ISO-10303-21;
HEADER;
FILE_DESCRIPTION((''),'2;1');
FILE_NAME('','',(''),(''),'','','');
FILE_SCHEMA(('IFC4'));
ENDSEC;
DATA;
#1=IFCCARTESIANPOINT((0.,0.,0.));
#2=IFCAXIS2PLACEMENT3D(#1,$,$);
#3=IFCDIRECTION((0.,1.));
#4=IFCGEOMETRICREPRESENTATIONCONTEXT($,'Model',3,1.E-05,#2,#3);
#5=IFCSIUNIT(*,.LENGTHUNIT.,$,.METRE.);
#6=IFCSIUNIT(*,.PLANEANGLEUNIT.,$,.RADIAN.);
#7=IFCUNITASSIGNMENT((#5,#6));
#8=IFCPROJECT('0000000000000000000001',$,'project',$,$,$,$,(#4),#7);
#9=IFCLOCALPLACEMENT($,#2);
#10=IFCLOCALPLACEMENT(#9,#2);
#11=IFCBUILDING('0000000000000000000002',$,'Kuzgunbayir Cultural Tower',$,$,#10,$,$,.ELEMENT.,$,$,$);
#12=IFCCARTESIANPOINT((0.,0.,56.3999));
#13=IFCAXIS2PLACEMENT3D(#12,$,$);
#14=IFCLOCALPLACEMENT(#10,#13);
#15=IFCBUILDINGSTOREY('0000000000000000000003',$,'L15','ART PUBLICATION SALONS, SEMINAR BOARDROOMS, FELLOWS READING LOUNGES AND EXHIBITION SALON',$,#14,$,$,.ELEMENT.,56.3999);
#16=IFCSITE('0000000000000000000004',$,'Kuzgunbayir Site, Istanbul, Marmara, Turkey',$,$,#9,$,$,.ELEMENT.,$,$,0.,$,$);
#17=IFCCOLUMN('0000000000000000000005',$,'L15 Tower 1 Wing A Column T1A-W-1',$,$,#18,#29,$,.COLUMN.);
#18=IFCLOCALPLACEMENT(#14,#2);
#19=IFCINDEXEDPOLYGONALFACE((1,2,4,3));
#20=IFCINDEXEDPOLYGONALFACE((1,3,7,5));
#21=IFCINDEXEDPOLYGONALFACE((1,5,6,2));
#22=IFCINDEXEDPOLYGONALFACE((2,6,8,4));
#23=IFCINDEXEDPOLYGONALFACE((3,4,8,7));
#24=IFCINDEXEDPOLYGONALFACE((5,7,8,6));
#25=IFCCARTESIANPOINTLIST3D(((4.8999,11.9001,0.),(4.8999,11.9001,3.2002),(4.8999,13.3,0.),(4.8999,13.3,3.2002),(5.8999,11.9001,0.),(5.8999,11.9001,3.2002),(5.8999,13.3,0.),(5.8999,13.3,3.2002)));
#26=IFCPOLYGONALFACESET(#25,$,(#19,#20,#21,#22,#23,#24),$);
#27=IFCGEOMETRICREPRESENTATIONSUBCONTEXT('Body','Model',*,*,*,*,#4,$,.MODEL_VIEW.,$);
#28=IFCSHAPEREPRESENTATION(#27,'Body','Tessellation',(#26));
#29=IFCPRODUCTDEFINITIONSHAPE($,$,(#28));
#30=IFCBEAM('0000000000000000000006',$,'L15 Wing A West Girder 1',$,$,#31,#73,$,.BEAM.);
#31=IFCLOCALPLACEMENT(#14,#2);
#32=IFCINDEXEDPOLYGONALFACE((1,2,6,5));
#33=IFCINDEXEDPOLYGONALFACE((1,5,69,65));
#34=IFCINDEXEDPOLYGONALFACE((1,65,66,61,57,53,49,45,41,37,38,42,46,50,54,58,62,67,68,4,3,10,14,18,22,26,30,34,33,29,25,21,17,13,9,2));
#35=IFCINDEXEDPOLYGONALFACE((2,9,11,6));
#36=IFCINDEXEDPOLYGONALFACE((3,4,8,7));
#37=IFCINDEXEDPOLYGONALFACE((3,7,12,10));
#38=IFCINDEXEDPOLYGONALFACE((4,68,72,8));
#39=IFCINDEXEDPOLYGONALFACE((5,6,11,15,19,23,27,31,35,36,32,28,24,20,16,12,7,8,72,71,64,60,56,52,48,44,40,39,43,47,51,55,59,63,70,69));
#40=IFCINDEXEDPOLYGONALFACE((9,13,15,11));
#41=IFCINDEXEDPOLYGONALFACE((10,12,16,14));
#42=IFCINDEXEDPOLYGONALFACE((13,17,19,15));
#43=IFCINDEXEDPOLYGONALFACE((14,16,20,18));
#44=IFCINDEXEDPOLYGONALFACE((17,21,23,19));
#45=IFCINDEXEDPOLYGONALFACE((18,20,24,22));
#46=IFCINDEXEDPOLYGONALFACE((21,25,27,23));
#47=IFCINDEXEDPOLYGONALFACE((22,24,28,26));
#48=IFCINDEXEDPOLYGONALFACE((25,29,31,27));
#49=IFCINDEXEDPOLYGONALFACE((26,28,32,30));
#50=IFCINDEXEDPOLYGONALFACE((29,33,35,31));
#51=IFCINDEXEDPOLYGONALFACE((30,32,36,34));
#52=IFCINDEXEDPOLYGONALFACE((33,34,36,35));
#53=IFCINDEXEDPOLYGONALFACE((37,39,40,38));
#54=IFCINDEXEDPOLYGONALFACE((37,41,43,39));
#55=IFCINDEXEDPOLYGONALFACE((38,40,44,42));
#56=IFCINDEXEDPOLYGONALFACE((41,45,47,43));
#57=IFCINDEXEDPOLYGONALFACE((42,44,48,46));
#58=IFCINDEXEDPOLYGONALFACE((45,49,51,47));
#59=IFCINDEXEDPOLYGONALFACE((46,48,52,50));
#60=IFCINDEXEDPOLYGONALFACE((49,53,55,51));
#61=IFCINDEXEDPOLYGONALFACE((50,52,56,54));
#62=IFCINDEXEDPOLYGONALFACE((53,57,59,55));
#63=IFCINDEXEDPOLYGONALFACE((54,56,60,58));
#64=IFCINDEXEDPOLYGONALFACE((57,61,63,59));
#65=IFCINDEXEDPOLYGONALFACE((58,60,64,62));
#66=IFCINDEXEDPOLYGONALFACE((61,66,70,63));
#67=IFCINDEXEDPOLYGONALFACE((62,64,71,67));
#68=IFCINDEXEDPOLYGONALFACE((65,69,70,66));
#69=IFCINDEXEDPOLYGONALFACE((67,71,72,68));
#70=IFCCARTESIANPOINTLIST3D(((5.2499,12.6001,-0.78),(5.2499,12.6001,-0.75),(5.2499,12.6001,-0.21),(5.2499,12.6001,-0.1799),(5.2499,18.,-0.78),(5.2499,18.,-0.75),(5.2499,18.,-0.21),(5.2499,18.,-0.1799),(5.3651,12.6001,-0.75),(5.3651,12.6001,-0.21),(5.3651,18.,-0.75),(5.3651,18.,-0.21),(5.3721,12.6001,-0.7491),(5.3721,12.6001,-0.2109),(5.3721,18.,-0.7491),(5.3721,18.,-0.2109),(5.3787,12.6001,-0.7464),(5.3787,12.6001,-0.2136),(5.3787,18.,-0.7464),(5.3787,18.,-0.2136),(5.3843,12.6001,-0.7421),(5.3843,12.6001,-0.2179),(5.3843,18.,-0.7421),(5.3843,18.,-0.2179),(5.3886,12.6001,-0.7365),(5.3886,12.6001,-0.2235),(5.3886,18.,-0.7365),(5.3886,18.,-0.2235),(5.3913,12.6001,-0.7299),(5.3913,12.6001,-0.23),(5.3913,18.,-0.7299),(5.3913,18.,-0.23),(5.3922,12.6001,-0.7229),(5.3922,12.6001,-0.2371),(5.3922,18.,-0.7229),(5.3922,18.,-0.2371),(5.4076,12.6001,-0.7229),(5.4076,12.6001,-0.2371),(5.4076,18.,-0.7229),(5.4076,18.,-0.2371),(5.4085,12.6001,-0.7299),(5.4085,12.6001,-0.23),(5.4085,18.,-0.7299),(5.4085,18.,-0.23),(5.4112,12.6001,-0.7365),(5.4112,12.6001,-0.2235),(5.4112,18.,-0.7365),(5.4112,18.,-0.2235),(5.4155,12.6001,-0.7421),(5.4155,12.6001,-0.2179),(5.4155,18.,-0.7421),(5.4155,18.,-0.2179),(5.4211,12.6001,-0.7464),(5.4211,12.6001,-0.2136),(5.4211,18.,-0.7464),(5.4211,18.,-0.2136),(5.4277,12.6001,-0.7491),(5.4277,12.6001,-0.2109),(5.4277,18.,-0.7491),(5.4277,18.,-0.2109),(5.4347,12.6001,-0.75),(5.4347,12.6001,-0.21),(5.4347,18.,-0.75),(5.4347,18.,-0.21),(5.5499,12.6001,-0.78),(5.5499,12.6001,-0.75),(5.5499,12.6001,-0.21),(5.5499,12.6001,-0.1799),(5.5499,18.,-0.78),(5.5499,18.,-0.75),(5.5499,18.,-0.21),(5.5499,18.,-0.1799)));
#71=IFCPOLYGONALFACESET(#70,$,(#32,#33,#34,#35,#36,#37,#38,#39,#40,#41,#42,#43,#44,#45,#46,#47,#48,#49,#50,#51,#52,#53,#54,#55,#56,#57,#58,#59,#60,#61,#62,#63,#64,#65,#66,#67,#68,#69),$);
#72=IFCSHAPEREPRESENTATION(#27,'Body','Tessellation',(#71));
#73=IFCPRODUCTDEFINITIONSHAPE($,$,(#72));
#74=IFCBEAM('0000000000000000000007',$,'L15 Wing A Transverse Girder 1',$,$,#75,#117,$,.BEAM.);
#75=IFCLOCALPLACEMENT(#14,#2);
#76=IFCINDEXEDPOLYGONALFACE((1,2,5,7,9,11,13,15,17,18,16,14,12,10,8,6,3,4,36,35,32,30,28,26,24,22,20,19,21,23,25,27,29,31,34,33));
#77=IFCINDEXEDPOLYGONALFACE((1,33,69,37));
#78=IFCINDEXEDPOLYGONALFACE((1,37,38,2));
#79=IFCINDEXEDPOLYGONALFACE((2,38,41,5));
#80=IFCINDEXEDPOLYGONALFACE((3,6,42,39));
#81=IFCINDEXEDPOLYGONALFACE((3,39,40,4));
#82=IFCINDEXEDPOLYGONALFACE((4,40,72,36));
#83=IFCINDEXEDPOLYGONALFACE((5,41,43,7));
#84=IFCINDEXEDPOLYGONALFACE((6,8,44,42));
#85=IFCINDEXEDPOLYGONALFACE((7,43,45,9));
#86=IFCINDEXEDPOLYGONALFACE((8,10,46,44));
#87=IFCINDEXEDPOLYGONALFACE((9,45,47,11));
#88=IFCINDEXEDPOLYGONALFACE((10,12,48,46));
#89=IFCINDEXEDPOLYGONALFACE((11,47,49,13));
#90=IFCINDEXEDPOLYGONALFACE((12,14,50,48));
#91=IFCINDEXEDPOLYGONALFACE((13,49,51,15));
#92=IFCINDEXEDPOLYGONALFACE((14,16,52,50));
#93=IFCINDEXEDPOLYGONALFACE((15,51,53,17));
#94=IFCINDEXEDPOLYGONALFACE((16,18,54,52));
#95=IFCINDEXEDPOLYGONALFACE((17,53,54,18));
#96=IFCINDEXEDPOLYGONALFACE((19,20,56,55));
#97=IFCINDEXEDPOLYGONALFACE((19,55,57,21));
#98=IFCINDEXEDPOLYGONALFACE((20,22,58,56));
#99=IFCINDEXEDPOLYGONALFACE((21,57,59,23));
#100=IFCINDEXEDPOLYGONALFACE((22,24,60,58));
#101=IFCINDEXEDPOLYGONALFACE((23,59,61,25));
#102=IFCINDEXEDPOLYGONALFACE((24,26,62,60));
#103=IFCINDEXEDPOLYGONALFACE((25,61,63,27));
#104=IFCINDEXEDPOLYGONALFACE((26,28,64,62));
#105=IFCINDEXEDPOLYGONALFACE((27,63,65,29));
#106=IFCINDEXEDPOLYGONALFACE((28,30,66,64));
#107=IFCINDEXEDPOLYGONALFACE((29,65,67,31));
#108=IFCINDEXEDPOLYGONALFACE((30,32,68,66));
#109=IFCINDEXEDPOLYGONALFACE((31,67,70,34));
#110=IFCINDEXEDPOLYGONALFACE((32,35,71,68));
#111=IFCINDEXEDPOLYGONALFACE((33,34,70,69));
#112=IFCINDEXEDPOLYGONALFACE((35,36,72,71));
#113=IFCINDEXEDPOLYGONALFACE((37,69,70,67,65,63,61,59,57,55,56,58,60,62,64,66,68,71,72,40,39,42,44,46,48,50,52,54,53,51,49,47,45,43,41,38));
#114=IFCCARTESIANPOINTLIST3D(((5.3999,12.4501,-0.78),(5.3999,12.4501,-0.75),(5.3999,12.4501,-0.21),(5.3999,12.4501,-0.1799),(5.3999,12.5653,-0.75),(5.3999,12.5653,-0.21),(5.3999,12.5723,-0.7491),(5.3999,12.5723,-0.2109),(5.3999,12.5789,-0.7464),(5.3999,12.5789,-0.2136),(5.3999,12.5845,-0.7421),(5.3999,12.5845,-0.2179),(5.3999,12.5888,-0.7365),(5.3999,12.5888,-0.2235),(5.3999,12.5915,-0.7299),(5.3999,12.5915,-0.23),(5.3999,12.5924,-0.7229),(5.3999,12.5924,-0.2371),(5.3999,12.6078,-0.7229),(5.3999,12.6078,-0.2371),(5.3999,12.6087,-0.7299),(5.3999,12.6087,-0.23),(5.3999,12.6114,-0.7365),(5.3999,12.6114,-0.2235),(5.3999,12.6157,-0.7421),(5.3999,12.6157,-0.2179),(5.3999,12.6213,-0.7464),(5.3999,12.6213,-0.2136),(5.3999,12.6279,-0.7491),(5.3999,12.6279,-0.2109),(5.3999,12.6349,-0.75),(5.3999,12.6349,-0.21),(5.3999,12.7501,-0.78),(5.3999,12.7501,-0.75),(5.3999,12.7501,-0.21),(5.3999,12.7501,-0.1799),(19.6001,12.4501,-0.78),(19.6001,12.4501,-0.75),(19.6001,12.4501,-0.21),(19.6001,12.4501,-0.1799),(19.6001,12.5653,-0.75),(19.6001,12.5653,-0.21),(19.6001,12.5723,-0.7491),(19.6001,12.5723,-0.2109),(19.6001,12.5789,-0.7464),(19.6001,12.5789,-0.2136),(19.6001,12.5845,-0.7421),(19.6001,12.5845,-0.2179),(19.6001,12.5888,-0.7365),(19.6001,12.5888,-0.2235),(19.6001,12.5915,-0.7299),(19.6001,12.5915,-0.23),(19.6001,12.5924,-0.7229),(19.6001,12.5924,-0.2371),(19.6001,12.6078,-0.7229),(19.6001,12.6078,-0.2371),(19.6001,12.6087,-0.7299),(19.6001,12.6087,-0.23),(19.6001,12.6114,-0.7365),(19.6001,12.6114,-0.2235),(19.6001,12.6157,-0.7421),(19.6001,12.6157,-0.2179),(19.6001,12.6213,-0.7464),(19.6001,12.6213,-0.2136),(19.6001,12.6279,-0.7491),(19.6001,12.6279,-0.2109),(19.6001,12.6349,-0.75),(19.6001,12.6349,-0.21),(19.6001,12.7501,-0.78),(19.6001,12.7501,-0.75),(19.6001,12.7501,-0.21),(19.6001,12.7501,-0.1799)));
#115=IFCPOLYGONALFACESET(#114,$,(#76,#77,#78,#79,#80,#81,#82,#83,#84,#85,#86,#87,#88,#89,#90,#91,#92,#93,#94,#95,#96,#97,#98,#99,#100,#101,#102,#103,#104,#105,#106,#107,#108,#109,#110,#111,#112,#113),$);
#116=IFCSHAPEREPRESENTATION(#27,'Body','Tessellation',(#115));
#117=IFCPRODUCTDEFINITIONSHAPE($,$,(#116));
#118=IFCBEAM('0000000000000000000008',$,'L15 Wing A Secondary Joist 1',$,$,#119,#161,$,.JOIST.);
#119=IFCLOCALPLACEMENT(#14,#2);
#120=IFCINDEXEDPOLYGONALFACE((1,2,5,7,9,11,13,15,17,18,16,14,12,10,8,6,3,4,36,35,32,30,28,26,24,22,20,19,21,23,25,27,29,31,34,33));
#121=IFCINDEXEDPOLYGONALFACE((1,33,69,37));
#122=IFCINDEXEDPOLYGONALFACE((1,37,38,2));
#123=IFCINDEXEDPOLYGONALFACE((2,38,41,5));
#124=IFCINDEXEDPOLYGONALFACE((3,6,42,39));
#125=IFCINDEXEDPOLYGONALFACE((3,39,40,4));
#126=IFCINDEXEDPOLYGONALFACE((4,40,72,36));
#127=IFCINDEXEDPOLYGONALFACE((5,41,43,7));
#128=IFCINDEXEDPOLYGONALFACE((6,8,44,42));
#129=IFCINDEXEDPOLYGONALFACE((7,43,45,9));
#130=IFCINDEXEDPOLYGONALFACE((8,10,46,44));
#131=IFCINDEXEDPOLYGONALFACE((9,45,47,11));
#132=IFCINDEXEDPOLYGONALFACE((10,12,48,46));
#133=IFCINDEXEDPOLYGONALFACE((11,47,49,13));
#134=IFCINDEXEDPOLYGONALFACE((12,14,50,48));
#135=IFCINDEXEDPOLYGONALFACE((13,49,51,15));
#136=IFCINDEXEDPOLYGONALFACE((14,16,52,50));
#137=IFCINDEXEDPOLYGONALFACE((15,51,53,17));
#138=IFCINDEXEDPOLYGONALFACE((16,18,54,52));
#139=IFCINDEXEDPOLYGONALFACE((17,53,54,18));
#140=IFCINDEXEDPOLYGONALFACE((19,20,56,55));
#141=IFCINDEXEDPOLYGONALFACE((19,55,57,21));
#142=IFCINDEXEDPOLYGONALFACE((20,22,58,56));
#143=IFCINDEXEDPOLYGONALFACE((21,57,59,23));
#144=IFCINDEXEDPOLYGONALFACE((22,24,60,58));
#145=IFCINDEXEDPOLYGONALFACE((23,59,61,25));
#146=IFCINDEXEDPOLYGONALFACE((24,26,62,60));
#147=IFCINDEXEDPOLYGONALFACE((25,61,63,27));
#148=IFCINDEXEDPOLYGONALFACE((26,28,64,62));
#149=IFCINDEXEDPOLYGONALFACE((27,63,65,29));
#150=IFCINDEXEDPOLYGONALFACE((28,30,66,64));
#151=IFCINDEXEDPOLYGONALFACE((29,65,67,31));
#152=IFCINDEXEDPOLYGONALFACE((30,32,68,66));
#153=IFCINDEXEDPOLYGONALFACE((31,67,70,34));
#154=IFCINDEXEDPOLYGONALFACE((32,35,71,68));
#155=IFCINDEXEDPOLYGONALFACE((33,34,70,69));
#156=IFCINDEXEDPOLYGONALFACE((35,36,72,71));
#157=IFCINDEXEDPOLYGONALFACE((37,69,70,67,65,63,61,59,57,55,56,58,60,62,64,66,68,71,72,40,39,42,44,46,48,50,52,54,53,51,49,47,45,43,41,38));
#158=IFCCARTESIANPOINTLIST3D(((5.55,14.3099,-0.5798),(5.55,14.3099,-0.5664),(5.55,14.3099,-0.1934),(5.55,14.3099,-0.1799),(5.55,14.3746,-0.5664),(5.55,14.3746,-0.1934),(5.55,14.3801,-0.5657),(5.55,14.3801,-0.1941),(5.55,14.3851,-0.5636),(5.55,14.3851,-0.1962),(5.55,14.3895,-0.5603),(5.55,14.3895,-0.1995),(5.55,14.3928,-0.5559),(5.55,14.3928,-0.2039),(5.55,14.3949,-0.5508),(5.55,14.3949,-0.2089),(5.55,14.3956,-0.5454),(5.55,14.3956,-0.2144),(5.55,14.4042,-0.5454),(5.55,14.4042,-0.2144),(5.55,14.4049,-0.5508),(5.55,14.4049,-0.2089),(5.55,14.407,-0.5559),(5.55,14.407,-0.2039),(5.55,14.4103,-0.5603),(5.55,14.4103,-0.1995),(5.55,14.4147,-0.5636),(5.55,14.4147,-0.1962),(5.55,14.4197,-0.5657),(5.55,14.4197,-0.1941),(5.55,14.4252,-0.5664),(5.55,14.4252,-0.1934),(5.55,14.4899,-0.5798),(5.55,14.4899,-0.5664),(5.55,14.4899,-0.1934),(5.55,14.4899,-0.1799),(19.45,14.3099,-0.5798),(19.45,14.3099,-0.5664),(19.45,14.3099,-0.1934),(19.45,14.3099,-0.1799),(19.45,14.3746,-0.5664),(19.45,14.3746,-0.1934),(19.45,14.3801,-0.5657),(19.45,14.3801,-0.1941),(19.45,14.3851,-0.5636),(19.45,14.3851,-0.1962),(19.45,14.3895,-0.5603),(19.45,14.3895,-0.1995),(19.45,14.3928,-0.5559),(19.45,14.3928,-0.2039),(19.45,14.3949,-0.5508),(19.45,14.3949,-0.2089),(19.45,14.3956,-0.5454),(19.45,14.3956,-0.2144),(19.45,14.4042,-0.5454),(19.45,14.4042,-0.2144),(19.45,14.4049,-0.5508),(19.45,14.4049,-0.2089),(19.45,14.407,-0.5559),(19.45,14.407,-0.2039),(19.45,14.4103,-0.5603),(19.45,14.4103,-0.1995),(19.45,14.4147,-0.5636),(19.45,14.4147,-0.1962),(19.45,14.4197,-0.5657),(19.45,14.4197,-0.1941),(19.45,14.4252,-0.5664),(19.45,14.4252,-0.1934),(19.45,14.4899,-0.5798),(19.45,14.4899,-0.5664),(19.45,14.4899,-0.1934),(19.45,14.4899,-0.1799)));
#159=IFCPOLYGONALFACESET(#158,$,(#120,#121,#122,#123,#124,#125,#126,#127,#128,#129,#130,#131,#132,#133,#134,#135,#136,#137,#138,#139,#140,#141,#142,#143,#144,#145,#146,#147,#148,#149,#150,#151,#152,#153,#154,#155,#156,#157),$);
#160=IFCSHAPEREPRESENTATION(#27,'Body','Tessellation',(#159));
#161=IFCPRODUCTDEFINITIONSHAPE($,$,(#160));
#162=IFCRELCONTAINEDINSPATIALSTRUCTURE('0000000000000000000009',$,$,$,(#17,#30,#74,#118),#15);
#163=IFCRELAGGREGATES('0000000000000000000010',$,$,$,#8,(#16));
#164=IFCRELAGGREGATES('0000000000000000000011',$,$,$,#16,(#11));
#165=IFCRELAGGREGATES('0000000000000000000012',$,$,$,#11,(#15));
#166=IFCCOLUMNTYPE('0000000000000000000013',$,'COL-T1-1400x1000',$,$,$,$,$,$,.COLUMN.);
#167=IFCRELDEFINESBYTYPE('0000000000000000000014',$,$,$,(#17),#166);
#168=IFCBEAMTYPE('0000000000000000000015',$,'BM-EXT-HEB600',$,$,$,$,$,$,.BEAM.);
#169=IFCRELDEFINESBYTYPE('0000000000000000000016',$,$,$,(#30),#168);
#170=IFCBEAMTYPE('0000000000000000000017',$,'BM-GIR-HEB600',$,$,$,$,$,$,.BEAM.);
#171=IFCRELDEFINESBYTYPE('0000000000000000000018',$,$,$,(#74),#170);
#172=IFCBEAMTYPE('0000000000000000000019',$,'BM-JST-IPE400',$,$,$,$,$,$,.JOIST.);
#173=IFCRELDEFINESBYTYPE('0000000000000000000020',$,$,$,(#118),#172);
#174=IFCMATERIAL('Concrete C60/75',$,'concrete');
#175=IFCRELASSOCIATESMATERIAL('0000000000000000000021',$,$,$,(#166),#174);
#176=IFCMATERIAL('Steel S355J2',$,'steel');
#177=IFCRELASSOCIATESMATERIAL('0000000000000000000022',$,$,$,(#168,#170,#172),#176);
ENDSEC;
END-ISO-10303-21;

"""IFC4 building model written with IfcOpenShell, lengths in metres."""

from ifc_helpers import new_model, si_unit, direction, frame, origin, origin_2d, place, context, subcontext, project, spatial, rectangle, i_section, extrude, material, material_profile, profile_set, type_object, element, save


model = new_model("IFC4")

# Units and contexts
model_context = context("Model", 3, precision=1e-05, world=origin(), true_north=direction((0.0, 1.0)))
body_context = subcontext(model_context, "Body", "Model", "MODEL_VIEW")
ifc_project = project(units=[si_unit("LENGTHUNIT", "METRE"), si_unit("PLANEANGLEUNIT", "RADIAN")], contexts=[model_context])

# Site, building, storey
site_placement = place(None, origin())
site = spatial("IfcSite", under=ifc_project, at=site_placement, Name="Kuzgunbayir Site, Istanbul, Marmara, Turkey", CompositionType="ELEMENT", RefElevation=0.0)
building_placement = place(site_placement, origin())
building = spatial("IfcBuilding", under=site, at=building_placement, Name="Kuzgunbayir Cultural Tower", CompositionType="ELEMENT")
storey_placement = place(building_placement, frame((0.0, 0.0, 56.3999)))
storey = spatial("IfcBuildingStorey", under=building, at=storey_placement, Name="L15", Description="ART PUBLICATION SALONS, SEMINAR BOARDROOMS, FELLOWS READING LOUNGES AND EXHIBITION SALON", CompositionType="ELEMENT", Elevation=56.3999)

# Column
ifc_material_1 = material(Name="Concrete C60/75", Category="concrete")
ifc_material_profile_1 = material_profile(ifc_material_1, rectangle(XDim=1.0, YDim=1.3999, at=origin_2d()), Name="RC 1400x1000")
ifc_profile_set_1 = profile_set([ifc_material_profile_1], Name="Concrete C60/75")
column_type = type_object("IfcColumnType", Name="COL-T1-1400x1000", PredefinedType="COLUMN", material=ifc_profile_set_1)
column_placement = place(storey_placement, frame((5.3999, 12.6001, 0.0), z_axis=(0.0, 0.0, 1.0), x_axis=(1.0, 0.0, 0.0)))
element("IfcColumn", 1, at=column_placement, inside=storey, type_object=column_type, Name="L15 Tower 1 Wing A Column T1A-W-1", PredefinedType="COLUMN", context=body_context, shape_type="SweptSolid", body=[
    extrude(rectangle(XDim=1.0, YDim=1.3999, at=origin_2d()), origin(), (0.0, 0.0, 1.0), 3.2002),
])

# Beams
ifc_material_2 = material(Name="Steel S355J2", Category="steel")
ifc_material_profile_2 = material_profile(ifc_material_2, i_section(OverallWidth=0.3, OverallDepth=0.6001, WebThickness=0.0154, FlangeThickness=0.03, FilletRadius=0.0271, at=origin_2d()), Name="HEB 600")
ifc_profile_set_2 = profile_set([ifc_material_profile_2], Name="Steel S355J2")
beam_type_1 = type_object("IfcBeamType", Name="BM-EXT-HEB600", PredefinedType="BEAM", material=ifc_profile_set_2)
beam_1_placement = place(storey_placement, frame((5.3999, 12.6001, -0.48), z_axis=(0.0, 1.0, 0.0), x_axis=(-1.0, 0.0, 0.0)))
element("IfcBeam", 2, at=beam_1_placement, inside=storey, type_object=beam_type_1, Name="L15 Wing A West Girder 1", PredefinedType="BEAM", context=body_context, shape_type="SweptSolid", body=[
    extrude(i_section(OverallWidth=0.3, OverallDepth=0.6001, WebThickness=0.0154, FlangeThickness=0.03, FilletRadius=0.0271, at=origin_2d()), origin(), (0.0, 0.0, 1.0), 5.3999),
])
ifc_material_profile_3 = material_profile(ifc_material_2, i_section(OverallWidth=0.3, OverallDepth=0.6001, WebThickness=0.0154, FlangeThickness=0.03, FilletRadius=0.0271, at=origin_2d()), Name="HEB 600")
ifc_profile_set_3 = profile_set([ifc_material_profile_3], Name="Steel S355J2")
beam_type_2 = type_object("IfcBeamType", Name="BM-GIR-HEB600", PredefinedType="BEAM", material=ifc_profile_set_3)
beam_2_placement = place(storey_placement, frame((5.3999, 12.6001, -0.48), z_axis=(1.0, 0.0, 0.0), x_axis=(0.0, 1.0, 0.0)))
element("IfcBeam", 3, at=beam_2_placement, inside=storey, type_object=beam_type_2, Name="L15 Wing A Transverse Girder 1", PredefinedType="BEAM", context=body_context, shape_type="SweptSolid", body=[
    extrude(i_section(OverallWidth=0.3, OverallDepth=0.6001, WebThickness=0.0154, FlangeThickness=0.03, FilletRadius=0.0271, at=origin_2d()), origin(), (0.0, 0.0, 1.0), 14.2002),
])
ifc_material_profile_4 = material_profile(ifc_material_2, i_section(OverallWidth=0.1799, OverallDepth=0.3999, WebThickness=0.0085, FlangeThickness=0.0134, FilletRadius=0.021, at=origin_2d()), Name="IPE 400")
ifc_profile_set_4 = profile_set([ifc_material_profile_4], Name="Steel S355J2")
beam_type_3 = type_object("IfcBeamType", Name="BM-JST-IPE400", PredefinedType="JOIST", material=ifc_profile_set_4)
for number, where, z_axis, x_axis, name in (
    (4, (5.55, 14.3999, -0.3799), (1.0, 0.0, 0.0), (0.0, 1.0, 0.0), "L15 Wing A Secondary Joist 1"),
):
    element("IfcBeam", number, at=place(storey_placement, frame(where, z_axis=z_axis, x_axis=x_axis)), inside=storey, type_object=beam_type_3, Name=name, PredefinedType="JOIST", context=body_context, shape_type="SweptSolid", body=[
        extrude(i_section(OverallWidth=0.1799, OverallDepth=0.3999, WebThickness=0.0085, FlangeThickness=0.0134, FilletRadius=0.021, at=origin_2d()), origin(), (0.0, 0.0, 1.0), 13.8999),
    ])

save(model, "model.ifc")
